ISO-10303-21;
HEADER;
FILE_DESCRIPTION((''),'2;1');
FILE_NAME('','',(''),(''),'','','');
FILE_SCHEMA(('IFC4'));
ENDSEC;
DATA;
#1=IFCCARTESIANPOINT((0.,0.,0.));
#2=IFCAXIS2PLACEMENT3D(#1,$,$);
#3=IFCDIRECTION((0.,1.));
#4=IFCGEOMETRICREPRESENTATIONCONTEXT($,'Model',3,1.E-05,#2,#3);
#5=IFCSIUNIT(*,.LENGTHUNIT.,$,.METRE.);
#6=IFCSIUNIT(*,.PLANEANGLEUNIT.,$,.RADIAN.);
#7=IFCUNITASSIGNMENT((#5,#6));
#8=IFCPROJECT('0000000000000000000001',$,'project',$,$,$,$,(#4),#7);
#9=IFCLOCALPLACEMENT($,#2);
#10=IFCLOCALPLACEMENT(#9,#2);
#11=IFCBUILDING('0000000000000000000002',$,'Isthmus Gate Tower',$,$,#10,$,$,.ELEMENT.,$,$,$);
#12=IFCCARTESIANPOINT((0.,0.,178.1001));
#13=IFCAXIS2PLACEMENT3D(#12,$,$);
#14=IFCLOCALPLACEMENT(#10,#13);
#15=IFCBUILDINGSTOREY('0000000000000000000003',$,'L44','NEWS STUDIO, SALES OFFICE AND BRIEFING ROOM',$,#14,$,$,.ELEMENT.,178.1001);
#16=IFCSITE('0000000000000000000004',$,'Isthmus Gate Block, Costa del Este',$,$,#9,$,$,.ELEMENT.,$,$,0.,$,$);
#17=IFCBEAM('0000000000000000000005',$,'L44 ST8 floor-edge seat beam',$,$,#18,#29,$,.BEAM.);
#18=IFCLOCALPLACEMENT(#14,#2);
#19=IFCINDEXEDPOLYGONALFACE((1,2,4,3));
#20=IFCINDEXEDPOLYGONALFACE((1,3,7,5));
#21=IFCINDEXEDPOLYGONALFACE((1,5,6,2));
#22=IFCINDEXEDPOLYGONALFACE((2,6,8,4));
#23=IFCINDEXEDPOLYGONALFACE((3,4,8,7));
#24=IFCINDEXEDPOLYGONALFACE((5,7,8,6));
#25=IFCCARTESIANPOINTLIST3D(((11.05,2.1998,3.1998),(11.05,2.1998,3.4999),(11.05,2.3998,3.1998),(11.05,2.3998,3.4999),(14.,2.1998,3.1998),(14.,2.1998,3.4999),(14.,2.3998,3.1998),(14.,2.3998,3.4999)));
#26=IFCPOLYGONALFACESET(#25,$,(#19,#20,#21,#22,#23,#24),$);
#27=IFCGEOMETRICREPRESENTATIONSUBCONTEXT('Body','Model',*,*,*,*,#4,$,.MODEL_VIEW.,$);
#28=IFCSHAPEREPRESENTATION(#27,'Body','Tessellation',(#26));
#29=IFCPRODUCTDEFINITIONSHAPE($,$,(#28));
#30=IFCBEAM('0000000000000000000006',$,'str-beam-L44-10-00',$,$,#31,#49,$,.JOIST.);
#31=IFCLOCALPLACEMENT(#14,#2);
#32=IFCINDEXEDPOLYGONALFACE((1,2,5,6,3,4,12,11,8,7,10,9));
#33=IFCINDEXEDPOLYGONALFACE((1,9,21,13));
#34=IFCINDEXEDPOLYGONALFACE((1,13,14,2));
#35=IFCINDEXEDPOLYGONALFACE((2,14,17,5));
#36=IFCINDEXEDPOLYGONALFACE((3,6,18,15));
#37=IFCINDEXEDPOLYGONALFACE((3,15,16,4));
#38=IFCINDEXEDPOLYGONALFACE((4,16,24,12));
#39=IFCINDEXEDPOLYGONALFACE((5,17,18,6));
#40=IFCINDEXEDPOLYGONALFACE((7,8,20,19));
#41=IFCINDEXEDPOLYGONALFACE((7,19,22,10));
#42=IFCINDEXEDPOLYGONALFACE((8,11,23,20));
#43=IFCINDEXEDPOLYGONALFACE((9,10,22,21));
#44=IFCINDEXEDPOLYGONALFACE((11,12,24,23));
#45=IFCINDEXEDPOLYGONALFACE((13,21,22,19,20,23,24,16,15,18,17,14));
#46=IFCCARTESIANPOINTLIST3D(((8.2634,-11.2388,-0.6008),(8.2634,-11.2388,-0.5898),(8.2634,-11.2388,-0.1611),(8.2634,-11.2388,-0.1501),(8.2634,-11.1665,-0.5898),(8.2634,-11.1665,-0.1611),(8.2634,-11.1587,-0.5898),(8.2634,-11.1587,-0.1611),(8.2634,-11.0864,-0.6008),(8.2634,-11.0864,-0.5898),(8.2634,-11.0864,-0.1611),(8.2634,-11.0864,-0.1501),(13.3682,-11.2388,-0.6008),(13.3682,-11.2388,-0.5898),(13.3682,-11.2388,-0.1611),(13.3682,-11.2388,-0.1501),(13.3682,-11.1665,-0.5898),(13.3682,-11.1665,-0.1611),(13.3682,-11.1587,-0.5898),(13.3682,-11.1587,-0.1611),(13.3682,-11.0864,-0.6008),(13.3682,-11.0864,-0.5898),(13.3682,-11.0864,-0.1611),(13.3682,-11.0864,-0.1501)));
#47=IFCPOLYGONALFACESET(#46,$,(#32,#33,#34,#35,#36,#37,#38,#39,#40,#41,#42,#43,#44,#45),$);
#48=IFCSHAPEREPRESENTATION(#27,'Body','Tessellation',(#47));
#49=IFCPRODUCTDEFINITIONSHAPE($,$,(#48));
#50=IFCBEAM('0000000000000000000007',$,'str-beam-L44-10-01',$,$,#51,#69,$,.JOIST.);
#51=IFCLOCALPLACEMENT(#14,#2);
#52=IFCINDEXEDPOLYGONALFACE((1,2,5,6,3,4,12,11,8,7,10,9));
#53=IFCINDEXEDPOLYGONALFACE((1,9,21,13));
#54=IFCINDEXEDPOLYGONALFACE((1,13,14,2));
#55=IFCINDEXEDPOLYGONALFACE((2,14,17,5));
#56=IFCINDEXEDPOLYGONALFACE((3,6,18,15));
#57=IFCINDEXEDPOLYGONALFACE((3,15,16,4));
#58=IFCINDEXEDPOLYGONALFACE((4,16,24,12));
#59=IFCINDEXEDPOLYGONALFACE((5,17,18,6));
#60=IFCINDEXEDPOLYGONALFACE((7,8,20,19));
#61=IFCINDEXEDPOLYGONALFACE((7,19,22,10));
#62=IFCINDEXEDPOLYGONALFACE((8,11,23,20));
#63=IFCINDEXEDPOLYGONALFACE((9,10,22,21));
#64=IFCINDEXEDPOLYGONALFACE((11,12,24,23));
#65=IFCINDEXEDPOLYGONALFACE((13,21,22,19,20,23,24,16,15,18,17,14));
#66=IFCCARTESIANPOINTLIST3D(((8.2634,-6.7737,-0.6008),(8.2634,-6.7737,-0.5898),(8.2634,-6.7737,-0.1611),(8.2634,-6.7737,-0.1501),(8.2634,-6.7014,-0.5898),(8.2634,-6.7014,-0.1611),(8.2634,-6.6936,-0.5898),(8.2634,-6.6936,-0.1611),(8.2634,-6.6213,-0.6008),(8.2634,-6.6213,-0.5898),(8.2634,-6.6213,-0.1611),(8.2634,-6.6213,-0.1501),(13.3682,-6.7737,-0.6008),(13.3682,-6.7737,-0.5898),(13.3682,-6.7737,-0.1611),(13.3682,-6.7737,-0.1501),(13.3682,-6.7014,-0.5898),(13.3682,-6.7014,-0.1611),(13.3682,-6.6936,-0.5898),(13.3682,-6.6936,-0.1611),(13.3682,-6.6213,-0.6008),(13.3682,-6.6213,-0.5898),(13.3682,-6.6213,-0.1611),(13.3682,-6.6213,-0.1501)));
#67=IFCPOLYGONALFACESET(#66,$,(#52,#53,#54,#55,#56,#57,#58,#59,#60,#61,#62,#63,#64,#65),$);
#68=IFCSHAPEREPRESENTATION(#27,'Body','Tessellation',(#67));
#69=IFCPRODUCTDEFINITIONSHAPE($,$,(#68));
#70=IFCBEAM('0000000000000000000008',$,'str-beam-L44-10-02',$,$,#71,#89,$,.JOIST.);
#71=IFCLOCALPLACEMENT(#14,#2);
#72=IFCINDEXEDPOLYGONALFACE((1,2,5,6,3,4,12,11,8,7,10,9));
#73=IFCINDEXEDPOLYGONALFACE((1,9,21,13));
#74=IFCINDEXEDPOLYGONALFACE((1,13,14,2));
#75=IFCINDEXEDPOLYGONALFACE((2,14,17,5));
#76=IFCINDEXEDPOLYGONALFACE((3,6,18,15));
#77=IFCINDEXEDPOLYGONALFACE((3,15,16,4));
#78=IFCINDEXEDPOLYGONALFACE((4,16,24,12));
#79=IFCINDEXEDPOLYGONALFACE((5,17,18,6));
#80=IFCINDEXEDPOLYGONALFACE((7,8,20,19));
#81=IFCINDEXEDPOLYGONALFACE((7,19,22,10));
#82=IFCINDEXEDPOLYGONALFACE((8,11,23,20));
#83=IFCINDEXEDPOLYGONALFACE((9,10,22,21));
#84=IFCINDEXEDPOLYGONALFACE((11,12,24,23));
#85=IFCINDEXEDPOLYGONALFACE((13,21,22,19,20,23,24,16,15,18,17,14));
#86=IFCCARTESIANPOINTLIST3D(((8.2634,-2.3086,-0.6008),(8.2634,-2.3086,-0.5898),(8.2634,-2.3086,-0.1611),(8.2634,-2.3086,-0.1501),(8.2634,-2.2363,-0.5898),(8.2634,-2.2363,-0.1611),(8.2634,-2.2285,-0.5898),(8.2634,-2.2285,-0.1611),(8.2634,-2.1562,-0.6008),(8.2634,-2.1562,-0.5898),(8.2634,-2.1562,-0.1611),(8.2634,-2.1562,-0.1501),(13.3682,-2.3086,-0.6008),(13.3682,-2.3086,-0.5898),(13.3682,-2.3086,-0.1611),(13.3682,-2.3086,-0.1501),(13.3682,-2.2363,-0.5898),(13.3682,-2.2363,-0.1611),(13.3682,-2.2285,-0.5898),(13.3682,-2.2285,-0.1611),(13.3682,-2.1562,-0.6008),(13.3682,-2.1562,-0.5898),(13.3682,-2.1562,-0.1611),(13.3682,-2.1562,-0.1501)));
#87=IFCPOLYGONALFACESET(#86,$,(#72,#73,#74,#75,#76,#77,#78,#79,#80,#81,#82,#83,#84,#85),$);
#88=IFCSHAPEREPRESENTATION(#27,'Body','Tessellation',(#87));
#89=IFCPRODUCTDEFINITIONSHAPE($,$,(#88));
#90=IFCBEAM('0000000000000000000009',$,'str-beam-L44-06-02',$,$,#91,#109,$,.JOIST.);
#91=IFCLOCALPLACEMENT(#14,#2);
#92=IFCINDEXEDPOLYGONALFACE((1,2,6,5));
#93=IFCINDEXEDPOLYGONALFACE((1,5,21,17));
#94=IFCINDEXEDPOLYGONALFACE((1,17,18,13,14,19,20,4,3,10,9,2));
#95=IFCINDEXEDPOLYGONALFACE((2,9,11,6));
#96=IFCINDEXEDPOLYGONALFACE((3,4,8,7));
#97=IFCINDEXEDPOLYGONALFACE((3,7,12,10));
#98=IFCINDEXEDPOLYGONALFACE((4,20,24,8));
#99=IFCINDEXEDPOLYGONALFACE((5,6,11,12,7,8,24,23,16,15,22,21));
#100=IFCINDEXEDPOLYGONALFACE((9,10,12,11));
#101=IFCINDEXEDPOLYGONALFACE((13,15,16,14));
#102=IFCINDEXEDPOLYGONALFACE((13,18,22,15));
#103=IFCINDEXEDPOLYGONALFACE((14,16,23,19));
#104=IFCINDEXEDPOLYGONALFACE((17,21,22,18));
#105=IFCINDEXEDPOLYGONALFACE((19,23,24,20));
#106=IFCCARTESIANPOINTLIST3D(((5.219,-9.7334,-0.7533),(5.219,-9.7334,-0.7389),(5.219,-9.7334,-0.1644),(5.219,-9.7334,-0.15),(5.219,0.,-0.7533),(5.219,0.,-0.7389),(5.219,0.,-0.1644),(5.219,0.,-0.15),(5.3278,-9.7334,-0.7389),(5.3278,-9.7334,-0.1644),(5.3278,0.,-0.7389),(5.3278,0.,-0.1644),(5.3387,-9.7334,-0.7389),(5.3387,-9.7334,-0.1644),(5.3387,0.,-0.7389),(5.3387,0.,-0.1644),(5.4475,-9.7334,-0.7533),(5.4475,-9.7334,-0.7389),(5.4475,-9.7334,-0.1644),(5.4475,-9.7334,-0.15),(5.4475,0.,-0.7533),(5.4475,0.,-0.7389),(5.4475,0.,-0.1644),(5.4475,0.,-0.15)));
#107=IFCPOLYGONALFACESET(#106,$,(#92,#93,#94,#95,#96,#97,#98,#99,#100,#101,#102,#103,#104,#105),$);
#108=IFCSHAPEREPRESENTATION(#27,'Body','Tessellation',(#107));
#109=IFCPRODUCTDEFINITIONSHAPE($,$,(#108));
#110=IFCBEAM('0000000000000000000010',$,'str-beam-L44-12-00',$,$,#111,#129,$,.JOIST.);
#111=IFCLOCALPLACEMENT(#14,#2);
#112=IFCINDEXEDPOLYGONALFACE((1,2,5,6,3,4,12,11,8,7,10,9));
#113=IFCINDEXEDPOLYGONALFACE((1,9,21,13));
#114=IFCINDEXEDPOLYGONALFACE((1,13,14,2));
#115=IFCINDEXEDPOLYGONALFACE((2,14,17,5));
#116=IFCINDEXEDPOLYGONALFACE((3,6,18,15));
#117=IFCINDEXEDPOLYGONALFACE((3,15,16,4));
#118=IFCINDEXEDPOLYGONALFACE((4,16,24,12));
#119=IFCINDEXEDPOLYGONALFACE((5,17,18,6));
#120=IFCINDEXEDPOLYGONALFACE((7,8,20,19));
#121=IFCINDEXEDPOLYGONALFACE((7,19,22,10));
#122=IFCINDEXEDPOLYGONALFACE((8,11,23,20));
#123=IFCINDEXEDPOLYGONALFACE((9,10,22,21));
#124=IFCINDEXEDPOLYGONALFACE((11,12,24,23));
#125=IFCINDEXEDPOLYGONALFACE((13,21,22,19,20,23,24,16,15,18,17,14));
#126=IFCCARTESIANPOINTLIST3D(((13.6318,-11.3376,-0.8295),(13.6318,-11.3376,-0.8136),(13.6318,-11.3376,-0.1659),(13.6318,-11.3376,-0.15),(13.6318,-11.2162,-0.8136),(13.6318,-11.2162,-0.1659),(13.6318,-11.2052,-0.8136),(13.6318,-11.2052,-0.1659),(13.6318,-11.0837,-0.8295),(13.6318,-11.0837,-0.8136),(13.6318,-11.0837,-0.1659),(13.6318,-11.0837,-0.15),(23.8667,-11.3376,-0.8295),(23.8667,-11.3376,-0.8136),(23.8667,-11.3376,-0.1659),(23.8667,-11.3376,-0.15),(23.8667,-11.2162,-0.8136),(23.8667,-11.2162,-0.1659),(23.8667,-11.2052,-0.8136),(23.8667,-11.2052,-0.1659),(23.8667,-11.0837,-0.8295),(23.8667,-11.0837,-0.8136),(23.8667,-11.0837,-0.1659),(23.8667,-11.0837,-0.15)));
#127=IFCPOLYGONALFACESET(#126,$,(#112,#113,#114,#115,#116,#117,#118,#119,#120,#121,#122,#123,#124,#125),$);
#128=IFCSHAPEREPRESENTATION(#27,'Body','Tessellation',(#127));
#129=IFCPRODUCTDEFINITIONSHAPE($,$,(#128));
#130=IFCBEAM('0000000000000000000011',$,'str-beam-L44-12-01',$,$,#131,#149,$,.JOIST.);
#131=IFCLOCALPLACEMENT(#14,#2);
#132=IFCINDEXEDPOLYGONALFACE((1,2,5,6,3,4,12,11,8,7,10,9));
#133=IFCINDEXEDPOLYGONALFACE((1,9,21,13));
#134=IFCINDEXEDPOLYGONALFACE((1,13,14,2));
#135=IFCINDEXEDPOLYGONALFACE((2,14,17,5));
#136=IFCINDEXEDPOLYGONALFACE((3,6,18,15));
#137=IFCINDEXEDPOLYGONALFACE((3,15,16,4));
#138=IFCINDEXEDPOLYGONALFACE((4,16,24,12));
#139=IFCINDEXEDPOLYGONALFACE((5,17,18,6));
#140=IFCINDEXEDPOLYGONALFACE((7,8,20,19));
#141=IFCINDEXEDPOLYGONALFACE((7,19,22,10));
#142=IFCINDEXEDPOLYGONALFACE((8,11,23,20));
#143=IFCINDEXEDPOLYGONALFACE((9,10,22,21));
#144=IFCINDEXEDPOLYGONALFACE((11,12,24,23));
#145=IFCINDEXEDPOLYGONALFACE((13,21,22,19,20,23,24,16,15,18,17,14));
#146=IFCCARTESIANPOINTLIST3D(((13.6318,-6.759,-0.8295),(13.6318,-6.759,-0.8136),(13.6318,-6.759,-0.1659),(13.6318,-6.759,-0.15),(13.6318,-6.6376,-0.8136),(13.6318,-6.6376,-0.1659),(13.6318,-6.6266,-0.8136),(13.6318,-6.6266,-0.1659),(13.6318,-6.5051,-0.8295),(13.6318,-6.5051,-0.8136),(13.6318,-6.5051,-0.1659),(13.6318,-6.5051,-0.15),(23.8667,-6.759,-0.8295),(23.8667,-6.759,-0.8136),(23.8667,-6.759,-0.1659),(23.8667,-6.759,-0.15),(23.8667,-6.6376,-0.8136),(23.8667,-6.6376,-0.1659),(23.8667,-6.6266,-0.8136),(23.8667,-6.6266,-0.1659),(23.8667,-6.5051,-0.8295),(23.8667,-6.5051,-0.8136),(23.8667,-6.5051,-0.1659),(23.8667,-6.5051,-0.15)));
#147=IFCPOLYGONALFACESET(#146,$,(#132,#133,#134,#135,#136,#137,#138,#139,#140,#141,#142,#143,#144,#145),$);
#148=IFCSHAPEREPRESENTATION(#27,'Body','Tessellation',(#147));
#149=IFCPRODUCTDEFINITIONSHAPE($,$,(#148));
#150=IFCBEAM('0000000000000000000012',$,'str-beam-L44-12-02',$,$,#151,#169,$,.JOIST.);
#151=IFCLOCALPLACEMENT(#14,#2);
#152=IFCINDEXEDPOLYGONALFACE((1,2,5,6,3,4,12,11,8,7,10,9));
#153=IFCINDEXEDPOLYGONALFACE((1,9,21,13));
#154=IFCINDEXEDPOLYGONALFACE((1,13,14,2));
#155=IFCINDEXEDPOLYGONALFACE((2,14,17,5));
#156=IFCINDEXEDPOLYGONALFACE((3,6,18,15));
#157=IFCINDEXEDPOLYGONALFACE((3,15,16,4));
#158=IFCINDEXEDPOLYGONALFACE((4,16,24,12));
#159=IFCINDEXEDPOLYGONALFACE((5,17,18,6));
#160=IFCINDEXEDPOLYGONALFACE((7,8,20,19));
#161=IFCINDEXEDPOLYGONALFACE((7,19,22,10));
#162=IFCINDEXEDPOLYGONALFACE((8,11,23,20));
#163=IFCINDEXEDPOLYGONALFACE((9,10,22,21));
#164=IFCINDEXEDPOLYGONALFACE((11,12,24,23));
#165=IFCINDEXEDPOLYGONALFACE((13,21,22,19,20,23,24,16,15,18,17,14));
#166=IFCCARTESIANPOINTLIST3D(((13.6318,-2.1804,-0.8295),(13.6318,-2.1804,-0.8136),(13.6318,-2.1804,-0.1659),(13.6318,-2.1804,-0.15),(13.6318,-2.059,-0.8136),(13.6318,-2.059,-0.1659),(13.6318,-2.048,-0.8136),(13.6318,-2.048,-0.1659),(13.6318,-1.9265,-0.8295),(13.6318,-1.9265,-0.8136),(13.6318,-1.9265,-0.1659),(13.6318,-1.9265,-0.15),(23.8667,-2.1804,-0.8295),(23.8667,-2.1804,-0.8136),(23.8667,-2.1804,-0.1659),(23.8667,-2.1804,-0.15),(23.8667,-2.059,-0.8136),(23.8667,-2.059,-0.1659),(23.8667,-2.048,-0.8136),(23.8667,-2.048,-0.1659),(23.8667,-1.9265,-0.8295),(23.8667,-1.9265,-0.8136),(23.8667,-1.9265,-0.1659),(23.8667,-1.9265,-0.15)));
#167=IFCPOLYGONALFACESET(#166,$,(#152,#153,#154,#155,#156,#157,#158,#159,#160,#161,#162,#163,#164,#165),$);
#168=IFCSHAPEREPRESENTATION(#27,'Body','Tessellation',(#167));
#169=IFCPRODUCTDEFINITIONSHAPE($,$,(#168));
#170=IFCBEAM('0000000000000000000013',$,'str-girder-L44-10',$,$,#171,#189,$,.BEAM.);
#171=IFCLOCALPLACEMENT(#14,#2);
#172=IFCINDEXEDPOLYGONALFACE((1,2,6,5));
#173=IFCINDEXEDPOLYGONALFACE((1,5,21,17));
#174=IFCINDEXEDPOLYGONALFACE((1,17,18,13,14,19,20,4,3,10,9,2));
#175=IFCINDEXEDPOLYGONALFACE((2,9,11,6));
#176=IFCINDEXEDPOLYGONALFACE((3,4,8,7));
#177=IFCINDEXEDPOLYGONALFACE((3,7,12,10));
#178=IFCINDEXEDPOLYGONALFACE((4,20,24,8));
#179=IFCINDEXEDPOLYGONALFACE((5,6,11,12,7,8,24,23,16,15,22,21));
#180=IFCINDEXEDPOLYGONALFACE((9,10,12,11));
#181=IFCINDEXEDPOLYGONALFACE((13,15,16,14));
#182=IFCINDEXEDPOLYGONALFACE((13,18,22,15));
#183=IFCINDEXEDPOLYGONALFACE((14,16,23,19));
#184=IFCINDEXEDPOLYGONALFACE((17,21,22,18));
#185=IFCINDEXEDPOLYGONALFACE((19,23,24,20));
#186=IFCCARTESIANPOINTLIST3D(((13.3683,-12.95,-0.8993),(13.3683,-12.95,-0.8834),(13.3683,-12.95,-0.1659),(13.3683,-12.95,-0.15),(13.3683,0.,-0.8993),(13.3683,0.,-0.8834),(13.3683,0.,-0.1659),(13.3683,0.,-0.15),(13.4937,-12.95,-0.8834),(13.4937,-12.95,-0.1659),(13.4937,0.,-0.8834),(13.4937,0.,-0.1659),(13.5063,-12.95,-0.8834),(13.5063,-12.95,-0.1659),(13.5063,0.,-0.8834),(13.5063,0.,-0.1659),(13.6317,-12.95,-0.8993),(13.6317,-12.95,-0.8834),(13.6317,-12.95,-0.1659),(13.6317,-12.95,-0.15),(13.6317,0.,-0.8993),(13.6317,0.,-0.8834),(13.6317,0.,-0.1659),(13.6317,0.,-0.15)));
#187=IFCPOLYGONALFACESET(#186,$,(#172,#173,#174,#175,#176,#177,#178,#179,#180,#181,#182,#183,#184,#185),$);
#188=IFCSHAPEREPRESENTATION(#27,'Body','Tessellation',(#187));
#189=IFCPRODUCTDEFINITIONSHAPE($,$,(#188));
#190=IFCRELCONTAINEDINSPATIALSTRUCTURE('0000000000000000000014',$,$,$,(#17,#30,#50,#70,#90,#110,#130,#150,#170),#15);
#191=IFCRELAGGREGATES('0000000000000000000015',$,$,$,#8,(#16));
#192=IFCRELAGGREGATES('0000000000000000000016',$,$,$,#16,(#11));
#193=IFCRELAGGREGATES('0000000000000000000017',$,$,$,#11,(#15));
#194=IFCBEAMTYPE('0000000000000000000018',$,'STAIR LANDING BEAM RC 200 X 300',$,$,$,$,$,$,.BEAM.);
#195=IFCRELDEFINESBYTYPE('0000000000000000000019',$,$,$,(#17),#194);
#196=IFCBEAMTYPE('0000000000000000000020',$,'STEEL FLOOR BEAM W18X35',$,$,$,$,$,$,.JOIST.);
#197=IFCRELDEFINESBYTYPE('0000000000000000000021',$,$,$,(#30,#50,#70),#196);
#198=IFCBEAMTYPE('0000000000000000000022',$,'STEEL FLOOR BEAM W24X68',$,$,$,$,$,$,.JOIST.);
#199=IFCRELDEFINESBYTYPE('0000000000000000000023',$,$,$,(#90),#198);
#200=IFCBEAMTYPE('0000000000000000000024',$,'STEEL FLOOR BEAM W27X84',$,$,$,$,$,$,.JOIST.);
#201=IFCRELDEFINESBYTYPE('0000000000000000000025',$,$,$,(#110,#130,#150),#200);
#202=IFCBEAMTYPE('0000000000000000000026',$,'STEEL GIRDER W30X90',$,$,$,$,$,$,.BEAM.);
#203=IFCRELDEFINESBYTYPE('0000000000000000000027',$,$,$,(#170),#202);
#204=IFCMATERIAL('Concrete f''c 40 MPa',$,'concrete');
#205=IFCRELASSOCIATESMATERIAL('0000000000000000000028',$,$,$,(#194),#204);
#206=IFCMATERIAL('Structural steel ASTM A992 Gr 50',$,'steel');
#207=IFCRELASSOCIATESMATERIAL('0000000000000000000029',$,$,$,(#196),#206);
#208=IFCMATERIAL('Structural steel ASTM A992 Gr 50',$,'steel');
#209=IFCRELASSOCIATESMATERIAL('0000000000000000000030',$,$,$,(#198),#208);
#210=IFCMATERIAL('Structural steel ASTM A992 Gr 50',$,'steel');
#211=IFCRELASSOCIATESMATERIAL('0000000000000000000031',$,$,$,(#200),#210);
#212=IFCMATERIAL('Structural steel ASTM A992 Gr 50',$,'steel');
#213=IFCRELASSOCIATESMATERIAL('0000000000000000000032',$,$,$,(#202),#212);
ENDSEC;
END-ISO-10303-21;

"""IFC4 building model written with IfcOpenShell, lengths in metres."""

from ifc_helpers import new_model, si_unit, direction, frame, origin, origin_2d, place, context, subcontext, project, spatial, rectangle, i_section, extrude, material, material_profile, profile_set, type_object, element, save


model = new_model("IFC4")

# Units and contexts
model_context = context("Model", 3, precision=1e-05, world=origin(), true_north=direction((0.0, 1.0)))
body_context = subcontext(model_context, "Body", "Model", "MODEL_VIEW")
ifc_project = project(units=[si_unit("LENGTHUNIT", "METRE"), si_unit("PLANEANGLEUNIT", "RADIAN")], contexts=[model_context])

# Site, building, storey
site_placement = place(None, origin())
site = spatial("IfcSite", under=ifc_project, at=site_placement, Name="Isthmus Gate Block, Costa del Este", CompositionType="ELEMENT", RefElevation=0.0)
building_placement = place(site_placement, origin())
building = spatial("IfcBuilding", under=site, at=building_placement, Name="Isthmus Gate Tower", CompositionType="ELEMENT")
storey_placement = place(building_placement, frame((0.0, 0.0, 178.1001)))
storey = spatial("IfcBuildingStorey", under=building, at=storey_placement, Name="L44", Description="NEWS STUDIO, SALES OFFICE AND BRIEFING ROOM", CompositionType="ELEMENT", Elevation=178.1001)

# Beams
ifc_material_1 = material(Name="Concrete f'c 40 MPa", Category="concrete")
ifc_material_profile_1 = material_profile(ifc_material_1, rectangle(XDim=0.2, YDim=0.3, at=origin_2d()), Name="STAIR LANDING BEAM RC 200 X 300")
ifc_profile_set_1 = profile_set([ifc_material_profile_1], Name="Concrete f'c 40 MPa")
beam_type_1 = type_object("IfcBeamType", Name="STAIR LANDING BEAM RC 200 X 300", PredefinedType="BEAM", material=ifc_profile_set_1)
beam_1_placement = place(storey_placement, frame((11.05, 2.2998, 3.3499), z_axis=(1.0, 0.0, 0.0), x_axis=(0.0, 1.0, 0.0)))
element("IfcBeam", 1, at=beam_1_placement, inside=storey, type_object=beam_type_1, Name="L44 ST8 floor-edge seat beam", PredefinedType="BEAM", context=body_context, shape_type="SweptSolid", body=[
    extrude(rectangle(XDim=0.2, YDim=0.3, at=origin_2d()), origin(), (0.0, 0.0, 1.0), 2.95),
])
ifc_material_2 = material(Name="Structural steel ASTM A992 Gr 50", Category="steel")
ifc_material_profile_2 = material_profile(ifc_material_2, i_section(OverallWidth=0.1523, OverallDepth=0.4507, WebThickness=0.0078, FlangeThickness=0.011, at=origin_2d()), Name="W18X35")
ifc_profile_set_2 = profile_set([ifc_material_profile_2], Name="Structural steel ASTM A992 Gr 50")
beam_type_2 = type_object("IfcBeamType", Name="STEEL FLOOR BEAM W18X35", PredefinedType="JOIST", material=ifc_profile_set_2)
for number, where, z_axis, x_axis, name in (
    (2, (8.2634, -11.1626, -0.3755), (1.0, 0.0, 0.0), (0.0, 1.0, 0.0), "str-beam-L44-10-00"),
    (3, (8.2634, -6.6975, -0.3755), (1.0, 0.0, 0.0), (0.0, 1.0, 0.0), "str-beam-L44-10-01"),
    (4, (8.2634, -2.2324, -0.3755), (1.0, 0.0, 0.0), (0.0, 1.0, 0.0), "str-beam-L44-10-02"),
):
    element("IfcBeam", number, at=place(storey_placement, frame(where, z_axis=z_axis, x_axis=x_axis)), inside=storey, type_object=beam_type_2, Name=name, PredefinedType="JOIST", context=body_context, shape_type="SweptSolid", body=[
        extrude(i_section(OverallWidth=0.1523, OverallDepth=0.4507, WebThickness=0.0078, FlangeThickness=0.011, at=origin_2d()), origin(), (0.0, 0.0, 1.0), 5.1047),
    ])
ifc_material_3 = material(Name="Structural steel ASTM A992 Gr 50", Category="steel")
ifc_material_profile_3 = material_profile(ifc_material_3, i_section(OverallWidth=0.2285, OverallDepth=0.6033, WebThickness=0.011, FlangeThickness=0.0144, at=origin_2d()), Name="W24X68")
ifc_profile_set_3 = profile_set([ifc_material_profile_3], Name="Structural steel ASTM A992 Gr 50")
beam_type_3 = type_object("IfcBeamType", Name="STEEL FLOOR BEAM W24X68", PredefinedType="JOIST", material=ifc_profile_set_3)
beam_2_placement = place(storey_placement, frame((5.3333, -9.7334, -0.4517), z_axis=(0.0, 1.0, 0.0), x_axis=(-1.0, 0.0, 0.0)))
element("IfcBeam", 5, at=beam_2_placement, inside=storey, type_object=beam_type_3, Name="str-beam-L44-06-02", PredefinedType="JOIST", context=body_context, shape_type="SweptSolid", body=[
    extrude(i_section(OverallWidth=0.2285, OverallDepth=0.6033, WebThickness=0.011, FlangeThickness=0.0144, at=origin_2d()), origin(), (0.0, 0.0, 1.0), 9.7334),
])
ifc_material_4 = material(Name="Structural steel ASTM A992 Gr 50", Category="steel")
ifc_material_profile_4 = material_profile(ifc_material_4, i_section(OverallWidth=0.2539, OverallDepth=0.6794, WebThickness=0.011, FlangeThickness=0.0159, at=origin_2d()), Name="W27X84")
ifc_profile_set_4 = profile_set([ifc_material_profile_4], Name="Structural steel ASTM A992 Gr 50")
beam_type_4 = type_object("IfcBeamType", Name="STEEL FLOOR BEAM W27X84", PredefinedType="JOIST", material=ifc_profile_set_4)
for number, where, z_axis, x_axis, name in (
    (6, (13.6318, -11.2107, -0.4897), (1.0, 0.0, 0.0), (0.0, 1.0, 0.0), "str-beam-L44-12-00"),
    (7, (13.6318, -6.6321, -0.4897), (1.0, 0.0, 0.0), (0.0, 1.0, 0.0), "str-beam-L44-12-01"),
    (8, (13.6318, -2.0535, -0.4897), (1.0, 0.0, 0.0), (0.0, 1.0, 0.0), "str-beam-L44-12-02"),
):
    element("IfcBeam", number, at=place(storey_placement, frame(where, z_axis=z_axis, x_axis=x_axis)), inside=storey, type_object=beam_type_4, Name=name, PredefinedType="JOIST", context=body_context, shape_type="SweptSolid", body=[
        extrude(i_section(OverallWidth=0.2539, OverallDepth=0.6794, WebThickness=0.011, FlangeThickness=0.0159, at=origin_2d()), origin(), (0.0, 0.0, 1.0), 10.2349),
    ])
ifc_material_5 = material(Name="Structural steel ASTM A992 Gr 50", Category="steel")
ifc_material_profile_5 = material_profile(ifc_material_5, i_section(OverallWidth=0.2634, OverallDepth=0.7493, WebThickness=0.0127, FlangeThickness=0.0159, at=origin_2d()), Name="W30X90")
ifc_profile_set_5 = profile_set([ifc_material_profile_5], Name="Structural steel ASTM A992 Gr 50")
beam_type_5 = type_object("IfcBeamType", Name="STEEL GIRDER W30X90", PredefinedType="BEAM", material=ifc_profile_set_5)
beam_3_placement = place(storey_placement, frame((13.5, -12.95, -0.5247), z_axis=(0.0, 1.0, 0.0), x_axis=(-1.0, 0.0, 0.0)))
element("IfcBeam", 9, at=beam_3_placement, inside=storey, type_object=beam_type_5, Name="str-girder-L44-10", PredefinedType="BEAM", context=body_context, shape_type="SweptSolid", body=[
    extrude(i_section(OverallWidth=0.2634, OverallDepth=0.7493, WebThickness=0.0127, FlangeThickness=0.0159, at=origin_2d()), origin(), (0.0, 0.0, 1.0), 12.95),
])

save(model, "model.ifc")
